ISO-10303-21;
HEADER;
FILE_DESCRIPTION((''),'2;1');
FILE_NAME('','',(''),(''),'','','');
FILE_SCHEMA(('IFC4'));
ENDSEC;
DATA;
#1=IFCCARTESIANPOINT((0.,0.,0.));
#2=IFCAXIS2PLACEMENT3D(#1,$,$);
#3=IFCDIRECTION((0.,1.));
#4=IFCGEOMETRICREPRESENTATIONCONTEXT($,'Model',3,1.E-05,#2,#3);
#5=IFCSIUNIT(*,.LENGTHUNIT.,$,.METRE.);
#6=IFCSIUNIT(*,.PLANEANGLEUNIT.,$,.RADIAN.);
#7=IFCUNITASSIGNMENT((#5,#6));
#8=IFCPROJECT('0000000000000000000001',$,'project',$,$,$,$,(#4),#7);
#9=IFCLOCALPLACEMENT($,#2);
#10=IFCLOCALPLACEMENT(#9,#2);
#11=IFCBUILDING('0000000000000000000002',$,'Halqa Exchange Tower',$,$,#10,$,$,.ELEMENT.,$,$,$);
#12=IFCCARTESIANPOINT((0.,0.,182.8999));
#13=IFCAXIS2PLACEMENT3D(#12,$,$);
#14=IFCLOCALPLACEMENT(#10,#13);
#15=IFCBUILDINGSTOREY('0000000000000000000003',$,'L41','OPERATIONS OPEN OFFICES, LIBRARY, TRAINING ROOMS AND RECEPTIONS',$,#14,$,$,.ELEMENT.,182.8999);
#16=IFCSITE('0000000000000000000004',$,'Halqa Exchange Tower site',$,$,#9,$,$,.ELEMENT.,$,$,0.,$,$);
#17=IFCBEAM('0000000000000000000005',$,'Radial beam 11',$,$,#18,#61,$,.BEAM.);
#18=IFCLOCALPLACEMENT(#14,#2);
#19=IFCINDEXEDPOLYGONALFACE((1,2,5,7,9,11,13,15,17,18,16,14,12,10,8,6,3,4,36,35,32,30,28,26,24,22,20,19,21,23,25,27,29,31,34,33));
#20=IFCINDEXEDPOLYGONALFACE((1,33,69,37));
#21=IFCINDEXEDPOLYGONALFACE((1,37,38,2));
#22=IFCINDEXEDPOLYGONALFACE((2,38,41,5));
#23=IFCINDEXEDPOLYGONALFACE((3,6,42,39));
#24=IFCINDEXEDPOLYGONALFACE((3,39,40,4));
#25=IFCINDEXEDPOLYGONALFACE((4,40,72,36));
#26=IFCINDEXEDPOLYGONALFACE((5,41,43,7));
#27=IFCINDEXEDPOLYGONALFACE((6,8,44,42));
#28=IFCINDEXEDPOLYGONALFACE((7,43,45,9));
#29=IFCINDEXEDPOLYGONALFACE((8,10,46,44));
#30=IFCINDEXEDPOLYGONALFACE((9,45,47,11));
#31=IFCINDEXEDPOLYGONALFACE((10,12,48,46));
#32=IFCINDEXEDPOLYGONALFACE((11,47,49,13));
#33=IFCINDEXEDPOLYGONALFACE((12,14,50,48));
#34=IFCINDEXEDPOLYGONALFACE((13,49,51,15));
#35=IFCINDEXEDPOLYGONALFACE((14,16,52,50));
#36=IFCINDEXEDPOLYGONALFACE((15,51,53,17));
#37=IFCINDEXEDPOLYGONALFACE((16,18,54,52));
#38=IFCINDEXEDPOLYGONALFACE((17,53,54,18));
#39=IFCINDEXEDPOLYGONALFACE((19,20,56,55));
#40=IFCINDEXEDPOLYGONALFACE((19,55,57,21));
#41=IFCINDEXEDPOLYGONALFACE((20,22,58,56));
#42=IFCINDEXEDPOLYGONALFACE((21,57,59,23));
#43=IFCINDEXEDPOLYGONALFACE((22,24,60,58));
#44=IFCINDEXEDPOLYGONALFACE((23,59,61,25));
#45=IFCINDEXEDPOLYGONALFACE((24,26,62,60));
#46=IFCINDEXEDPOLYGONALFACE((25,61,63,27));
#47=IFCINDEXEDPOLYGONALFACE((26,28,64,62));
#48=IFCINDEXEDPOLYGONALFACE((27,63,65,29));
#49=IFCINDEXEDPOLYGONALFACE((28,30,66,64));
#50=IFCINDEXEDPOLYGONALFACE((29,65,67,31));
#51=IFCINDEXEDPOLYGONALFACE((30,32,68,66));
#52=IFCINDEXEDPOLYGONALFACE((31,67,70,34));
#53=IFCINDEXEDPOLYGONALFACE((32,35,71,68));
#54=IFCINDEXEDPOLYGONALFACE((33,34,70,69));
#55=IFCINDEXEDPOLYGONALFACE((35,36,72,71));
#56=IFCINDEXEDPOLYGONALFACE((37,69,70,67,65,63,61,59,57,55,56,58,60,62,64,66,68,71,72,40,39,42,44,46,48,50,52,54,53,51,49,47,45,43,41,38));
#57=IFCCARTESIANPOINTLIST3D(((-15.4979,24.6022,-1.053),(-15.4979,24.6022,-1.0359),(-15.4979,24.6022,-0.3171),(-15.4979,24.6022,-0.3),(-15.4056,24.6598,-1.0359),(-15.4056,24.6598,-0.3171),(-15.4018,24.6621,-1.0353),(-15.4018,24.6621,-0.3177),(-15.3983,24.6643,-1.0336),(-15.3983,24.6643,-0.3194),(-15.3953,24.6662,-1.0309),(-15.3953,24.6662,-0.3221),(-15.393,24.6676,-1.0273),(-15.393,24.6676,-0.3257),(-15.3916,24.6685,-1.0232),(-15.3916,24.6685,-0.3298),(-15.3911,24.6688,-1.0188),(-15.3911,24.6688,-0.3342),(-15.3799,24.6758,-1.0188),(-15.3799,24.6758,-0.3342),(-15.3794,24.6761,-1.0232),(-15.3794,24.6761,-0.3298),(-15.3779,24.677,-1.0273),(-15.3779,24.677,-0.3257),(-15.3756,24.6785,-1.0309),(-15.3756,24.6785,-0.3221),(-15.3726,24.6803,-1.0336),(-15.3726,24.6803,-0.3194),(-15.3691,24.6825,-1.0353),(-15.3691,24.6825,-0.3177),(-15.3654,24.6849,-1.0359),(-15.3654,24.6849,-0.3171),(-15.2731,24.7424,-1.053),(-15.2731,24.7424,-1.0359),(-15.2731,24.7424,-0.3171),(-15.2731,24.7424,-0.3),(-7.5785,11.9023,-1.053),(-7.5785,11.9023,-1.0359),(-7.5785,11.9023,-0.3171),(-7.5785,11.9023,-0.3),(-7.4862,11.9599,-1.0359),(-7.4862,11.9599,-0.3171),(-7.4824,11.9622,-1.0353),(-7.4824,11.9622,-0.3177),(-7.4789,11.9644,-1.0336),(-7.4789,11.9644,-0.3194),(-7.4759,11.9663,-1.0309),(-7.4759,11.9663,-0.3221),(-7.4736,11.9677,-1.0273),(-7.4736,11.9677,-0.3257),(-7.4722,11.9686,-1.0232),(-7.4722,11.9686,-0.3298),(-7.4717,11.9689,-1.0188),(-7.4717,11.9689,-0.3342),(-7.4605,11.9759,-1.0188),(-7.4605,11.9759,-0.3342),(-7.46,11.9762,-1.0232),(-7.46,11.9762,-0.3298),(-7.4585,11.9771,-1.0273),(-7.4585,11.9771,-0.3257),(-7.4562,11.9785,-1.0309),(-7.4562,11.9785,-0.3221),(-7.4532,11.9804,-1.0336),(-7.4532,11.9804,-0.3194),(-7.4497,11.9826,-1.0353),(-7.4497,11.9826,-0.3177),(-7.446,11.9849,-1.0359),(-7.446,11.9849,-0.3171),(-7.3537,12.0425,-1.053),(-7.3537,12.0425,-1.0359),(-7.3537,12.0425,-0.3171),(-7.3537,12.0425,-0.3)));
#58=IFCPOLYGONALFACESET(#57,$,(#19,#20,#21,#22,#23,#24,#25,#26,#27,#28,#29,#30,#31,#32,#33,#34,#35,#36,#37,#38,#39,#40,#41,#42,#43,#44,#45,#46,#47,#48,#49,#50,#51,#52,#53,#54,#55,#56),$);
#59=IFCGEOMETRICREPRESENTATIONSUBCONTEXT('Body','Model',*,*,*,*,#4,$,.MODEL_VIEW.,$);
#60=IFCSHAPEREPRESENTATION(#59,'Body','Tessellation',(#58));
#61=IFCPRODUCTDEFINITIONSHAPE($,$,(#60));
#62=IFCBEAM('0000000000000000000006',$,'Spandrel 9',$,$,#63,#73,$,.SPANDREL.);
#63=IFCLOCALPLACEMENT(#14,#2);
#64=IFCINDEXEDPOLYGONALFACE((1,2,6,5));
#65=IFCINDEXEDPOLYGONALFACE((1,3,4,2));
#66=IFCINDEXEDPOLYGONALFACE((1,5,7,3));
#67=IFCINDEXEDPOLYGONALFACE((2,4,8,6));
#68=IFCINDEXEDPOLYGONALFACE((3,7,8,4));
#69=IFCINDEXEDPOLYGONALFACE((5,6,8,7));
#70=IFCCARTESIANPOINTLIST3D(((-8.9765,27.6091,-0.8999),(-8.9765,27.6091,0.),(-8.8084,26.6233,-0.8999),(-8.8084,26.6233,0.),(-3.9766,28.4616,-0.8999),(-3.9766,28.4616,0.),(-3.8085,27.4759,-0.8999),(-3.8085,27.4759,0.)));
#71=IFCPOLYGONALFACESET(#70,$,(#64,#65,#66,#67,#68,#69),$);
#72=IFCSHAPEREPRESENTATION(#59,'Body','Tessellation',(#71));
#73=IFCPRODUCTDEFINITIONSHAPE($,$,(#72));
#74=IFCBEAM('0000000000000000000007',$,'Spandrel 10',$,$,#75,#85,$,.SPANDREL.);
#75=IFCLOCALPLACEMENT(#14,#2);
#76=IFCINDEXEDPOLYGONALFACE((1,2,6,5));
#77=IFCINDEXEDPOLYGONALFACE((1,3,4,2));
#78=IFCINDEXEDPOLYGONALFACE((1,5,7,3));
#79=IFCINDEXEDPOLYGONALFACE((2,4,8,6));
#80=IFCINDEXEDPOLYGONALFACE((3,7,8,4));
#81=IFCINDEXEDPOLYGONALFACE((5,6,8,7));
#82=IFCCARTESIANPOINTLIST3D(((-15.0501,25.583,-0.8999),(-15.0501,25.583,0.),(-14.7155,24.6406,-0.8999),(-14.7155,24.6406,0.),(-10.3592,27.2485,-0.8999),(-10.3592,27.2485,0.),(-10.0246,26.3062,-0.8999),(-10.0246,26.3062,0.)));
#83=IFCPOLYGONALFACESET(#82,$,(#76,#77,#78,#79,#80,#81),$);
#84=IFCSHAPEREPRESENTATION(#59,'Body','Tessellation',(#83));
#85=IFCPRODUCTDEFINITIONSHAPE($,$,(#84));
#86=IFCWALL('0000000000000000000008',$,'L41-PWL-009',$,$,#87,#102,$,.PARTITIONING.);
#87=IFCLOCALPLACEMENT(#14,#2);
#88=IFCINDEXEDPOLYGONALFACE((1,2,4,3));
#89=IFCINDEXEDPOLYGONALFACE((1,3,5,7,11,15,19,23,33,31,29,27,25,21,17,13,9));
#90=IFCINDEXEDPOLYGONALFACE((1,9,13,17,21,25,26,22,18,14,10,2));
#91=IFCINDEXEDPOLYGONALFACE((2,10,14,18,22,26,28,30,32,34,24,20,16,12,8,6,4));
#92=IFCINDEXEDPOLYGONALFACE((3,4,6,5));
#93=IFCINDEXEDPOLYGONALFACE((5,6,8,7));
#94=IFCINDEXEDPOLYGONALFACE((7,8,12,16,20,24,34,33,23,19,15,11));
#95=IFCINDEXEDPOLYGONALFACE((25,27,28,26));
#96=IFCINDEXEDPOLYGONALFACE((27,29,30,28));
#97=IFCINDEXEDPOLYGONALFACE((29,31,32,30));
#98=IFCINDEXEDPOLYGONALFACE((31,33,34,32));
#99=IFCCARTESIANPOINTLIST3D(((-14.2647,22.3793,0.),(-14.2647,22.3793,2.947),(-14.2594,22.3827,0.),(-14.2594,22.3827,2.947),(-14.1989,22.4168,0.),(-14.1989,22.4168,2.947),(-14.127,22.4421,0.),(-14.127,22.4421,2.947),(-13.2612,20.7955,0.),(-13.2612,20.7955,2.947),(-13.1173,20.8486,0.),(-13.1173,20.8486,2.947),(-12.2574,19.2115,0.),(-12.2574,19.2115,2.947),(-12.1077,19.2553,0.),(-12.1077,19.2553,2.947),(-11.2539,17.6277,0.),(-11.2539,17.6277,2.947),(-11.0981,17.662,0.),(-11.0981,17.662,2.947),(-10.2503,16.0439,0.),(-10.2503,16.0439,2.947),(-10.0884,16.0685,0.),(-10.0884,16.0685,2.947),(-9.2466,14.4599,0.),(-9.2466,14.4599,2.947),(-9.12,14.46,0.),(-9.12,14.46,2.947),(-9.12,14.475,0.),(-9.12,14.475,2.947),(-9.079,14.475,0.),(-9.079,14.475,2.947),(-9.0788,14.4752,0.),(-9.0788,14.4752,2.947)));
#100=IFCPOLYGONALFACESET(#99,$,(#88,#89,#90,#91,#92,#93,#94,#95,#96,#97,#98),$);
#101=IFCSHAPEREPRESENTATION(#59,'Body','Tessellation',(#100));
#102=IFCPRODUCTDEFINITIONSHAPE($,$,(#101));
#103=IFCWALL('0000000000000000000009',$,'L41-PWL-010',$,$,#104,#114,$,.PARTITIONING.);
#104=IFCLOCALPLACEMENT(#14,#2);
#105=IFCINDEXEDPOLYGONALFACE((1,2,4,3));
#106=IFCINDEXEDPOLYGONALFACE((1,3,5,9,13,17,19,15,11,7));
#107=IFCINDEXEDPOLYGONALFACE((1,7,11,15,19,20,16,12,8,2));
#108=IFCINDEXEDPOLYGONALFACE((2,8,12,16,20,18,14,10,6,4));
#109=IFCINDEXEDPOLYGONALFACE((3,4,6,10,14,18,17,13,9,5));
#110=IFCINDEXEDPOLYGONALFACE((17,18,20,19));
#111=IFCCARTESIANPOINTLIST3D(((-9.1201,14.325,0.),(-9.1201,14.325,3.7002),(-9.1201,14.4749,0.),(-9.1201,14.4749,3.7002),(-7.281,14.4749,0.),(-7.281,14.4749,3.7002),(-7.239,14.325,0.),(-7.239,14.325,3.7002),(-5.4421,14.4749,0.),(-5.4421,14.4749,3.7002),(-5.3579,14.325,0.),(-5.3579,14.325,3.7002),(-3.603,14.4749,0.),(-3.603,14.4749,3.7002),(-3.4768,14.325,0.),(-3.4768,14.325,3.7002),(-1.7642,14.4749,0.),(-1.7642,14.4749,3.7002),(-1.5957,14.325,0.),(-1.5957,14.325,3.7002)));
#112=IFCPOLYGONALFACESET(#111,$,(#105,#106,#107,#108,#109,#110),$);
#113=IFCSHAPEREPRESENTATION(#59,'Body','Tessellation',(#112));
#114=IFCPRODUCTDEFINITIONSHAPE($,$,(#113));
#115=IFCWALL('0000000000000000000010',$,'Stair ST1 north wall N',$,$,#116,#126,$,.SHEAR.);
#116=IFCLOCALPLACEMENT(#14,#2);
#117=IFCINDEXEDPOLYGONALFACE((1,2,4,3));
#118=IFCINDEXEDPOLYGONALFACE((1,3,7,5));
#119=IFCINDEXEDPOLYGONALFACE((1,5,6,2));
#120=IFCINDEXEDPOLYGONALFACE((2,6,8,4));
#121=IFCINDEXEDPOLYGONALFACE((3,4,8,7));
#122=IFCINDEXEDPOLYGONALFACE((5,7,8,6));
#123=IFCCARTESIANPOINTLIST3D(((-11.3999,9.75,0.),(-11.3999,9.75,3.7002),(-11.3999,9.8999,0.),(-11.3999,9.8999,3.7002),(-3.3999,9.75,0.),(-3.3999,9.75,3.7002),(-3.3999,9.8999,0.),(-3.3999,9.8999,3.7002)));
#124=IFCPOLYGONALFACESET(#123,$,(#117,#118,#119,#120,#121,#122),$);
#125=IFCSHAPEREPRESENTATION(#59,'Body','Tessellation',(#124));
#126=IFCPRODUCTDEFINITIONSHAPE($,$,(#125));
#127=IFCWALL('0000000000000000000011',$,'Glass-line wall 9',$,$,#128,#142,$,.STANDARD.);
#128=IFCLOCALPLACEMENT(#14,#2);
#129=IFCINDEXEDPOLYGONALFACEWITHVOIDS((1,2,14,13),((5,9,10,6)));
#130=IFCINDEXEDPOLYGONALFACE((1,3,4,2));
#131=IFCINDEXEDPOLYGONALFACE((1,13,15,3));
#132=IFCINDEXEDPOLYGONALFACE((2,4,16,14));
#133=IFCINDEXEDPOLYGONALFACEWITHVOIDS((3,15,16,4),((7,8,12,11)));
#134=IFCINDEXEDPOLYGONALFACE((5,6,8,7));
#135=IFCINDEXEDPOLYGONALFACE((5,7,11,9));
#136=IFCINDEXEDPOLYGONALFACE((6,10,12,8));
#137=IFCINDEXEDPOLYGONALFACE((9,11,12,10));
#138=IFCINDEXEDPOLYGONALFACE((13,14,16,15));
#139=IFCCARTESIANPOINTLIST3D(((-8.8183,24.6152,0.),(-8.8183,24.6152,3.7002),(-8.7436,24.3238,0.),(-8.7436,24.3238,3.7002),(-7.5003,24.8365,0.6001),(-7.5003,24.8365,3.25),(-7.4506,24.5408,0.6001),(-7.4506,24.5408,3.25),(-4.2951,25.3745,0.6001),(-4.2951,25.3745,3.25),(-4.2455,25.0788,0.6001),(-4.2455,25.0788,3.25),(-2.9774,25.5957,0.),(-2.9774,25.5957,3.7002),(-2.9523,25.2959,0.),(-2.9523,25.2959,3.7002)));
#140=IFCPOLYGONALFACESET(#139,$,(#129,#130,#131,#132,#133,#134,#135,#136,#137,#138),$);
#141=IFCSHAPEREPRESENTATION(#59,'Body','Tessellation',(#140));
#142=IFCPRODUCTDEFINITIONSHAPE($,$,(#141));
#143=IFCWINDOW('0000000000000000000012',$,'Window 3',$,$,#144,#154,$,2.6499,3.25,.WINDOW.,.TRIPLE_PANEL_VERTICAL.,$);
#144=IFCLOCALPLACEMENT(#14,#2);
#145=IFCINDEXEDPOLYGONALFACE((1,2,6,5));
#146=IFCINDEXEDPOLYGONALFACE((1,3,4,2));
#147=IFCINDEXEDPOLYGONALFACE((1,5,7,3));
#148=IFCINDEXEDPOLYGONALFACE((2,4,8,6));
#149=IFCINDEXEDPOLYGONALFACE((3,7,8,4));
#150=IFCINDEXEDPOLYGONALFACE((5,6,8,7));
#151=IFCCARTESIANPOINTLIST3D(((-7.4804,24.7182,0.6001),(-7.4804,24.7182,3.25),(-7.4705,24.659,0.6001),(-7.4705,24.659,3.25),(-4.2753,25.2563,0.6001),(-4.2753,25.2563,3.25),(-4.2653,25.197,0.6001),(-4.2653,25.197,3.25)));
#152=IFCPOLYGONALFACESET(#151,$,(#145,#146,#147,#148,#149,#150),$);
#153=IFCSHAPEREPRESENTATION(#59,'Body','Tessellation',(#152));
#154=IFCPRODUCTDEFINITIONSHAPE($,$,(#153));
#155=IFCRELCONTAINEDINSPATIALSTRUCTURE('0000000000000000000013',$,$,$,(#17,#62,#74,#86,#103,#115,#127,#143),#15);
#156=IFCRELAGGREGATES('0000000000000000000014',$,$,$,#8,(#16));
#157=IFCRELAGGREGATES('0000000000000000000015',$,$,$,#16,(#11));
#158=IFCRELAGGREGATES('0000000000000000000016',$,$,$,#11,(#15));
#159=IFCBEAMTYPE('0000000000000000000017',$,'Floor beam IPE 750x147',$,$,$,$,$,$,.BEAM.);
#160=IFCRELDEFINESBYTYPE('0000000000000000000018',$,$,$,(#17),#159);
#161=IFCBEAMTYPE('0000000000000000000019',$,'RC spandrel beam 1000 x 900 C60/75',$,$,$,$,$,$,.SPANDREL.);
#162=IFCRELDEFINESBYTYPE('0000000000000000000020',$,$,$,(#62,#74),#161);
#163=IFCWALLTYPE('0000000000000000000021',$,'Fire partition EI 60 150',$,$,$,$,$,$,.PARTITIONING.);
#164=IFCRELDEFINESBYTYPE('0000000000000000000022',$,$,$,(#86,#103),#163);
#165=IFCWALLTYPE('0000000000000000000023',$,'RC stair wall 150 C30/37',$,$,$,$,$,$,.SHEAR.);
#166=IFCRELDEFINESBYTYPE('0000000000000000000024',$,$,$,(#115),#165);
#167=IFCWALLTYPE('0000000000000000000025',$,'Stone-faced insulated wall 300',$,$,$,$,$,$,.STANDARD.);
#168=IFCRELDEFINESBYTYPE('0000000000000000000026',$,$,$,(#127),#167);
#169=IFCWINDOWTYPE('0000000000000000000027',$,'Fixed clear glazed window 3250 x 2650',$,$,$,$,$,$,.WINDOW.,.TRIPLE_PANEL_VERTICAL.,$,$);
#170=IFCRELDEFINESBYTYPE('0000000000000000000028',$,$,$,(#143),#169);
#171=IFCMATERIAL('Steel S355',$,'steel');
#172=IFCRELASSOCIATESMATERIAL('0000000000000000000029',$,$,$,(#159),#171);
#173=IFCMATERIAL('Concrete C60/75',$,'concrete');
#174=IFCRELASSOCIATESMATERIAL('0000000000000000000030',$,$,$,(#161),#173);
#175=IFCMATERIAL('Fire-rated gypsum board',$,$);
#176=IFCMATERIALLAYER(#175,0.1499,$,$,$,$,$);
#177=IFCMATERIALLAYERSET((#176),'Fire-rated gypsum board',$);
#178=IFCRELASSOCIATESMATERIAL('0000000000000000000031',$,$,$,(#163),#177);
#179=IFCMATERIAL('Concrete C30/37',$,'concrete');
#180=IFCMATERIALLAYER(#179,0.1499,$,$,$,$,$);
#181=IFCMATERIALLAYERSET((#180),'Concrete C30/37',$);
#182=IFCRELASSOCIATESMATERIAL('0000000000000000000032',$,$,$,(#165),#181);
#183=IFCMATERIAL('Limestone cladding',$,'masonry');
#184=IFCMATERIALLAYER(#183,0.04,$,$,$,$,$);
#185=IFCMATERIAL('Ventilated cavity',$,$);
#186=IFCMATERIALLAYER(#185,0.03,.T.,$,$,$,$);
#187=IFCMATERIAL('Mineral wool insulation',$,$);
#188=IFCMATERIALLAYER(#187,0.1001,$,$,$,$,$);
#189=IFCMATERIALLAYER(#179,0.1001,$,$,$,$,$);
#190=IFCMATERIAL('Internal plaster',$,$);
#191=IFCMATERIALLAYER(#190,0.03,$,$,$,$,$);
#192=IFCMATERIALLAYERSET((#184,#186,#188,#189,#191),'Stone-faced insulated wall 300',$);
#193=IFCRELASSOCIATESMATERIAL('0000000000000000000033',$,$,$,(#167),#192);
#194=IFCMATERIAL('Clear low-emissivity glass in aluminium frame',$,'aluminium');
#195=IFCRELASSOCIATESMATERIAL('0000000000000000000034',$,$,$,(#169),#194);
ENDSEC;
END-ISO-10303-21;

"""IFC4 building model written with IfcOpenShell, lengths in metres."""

from ifc_helpers import new_model, si_unit, direction, frame, frame_2d, origin, origin_2d, place, context, subcontext, project, spatial, polyline, rectangle, i_section, outline, extrude, material, layer, layer_set, material_profile, profile_set, type_object, element, fill, save


model = new_model("IFC4")

# Units and contexts
model_context = context("Model", 3, precision=1e-05, world=origin(), true_north=direction((0.0, 1.0)))
body_context = subcontext(model_context, "Body", "Model", "MODEL_VIEW")
ifc_project = project(units=[si_unit("LENGTHUNIT", "METRE"), si_unit("PLANEANGLEUNIT", "RADIAN")], contexts=[model_context])

# Site, building, storey
site_placement = place(None, origin())
site = spatial("IfcSite", under=ifc_project, at=site_placement, Name="Halqa Exchange Tower site", CompositionType="ELEMENT", RefElevation=0.0)
building_placement = place(site_placement, origin())
building = spatial("IfcBuilding", under=site, at=building_placement, Name="Halqa Exchange Tower", CompositionType="ELEMENT")
storey_placement = place(building_placement, frame((0.0, 0.0, 182.8999)))
storey = spatial("IfcBuildingStorey", under=building, at=storey_placement, Name="L41", Description="OPERATIONS OPEN OFFICES, LIBRARY, TRAINING ROOMS AND RECEPTIONS", CompositionType="ELEMENT", Elevation=182.8999)

# Beams
ifc_material_1 = material(Name="Steel S355", Category="steel")
ifc_material_profile_1 = material_profile(ifc_material_1, i_section(OverallWidth=0.2649, OverallDepth=0.7529, WebThickness=0.0132, FlangeThickness=0.0171, FilletRadius=0.0171, at=origin_2d()), Name="IPE 750x147")
ifc_profile_set_1 = profile_set([ifc_material_profile_1], Name="Steel S355")
beam_type_1 = type_object("IfcBeamType", Name="Floor beam IPE 750x147", PredefinedType="BEAM", material=ifc_profile_set_1)
beam_1_placement = place(storey_placement, frame((-7.4661, 11.9724, -0.6765), z_axis=(-0.529132, 0.848539, 0.0), x_axis=(-0.848539, -0.529132, 0.0)))
element("IfcBeam", 1, at=beam_1_placement, inside=storey, type_object=beam_type_1, Name="Radial beam 11", PredefinedType="BEAM", context=body_context, shape_type="SweptSolid", body=[
    extrude(i_section(OverallWidth=0.2649, OverallDepth=0.7529, WebThickness=0.0132, FlangeThickness=0.0171, FilletRadius=0.0171, at=origin_2d()), origin(), (0.0, 0.0, 1.0), 14.9668),
])
ifc_material_2 = material(Name="Concrete C60/75", Category="concrete")
ifc_material_profile_2 = material_profile(ifc_material_2, rectangle(XDim=1.0, YDim=0.8999, at=origin_2d()), Name="1000 x 900")
ifc_profile_set_2 = profile_set([ifc_material_profile_2], Name="Concrete C60/75")
beam_type_2 = type_object("IfcBeamType", Name="RC spandrel beam 1000 x 900 C60/75", PredefinedType="SPANDREL", material=ifc_profile_set_2)
beam_2_placement = place(storey_placement, frame((-3.8926, 27.9688, -0.45), z_axis=(-0.985772, -0.16809, 0.0), x_axis=(0.16809, -0.985772, 0.0)))
element("IfcBeam", 2, at=beam_2_placement, inside=storey, type_object=beam_type_2, Name="Spandrel 9", PredefinedType="SPANDREL", context=body_context, shape_type="SweptSolid", body=[
    extrude(rectangle(XDim=1.0, YDim=0.8999, at=origin_2d()), origin(), (0.0, 0.0, 1.0), 5.072),
])
beam_3_placement = place(storey_placement, frame((-10.1919, 26.7773, -0.45), z_axis=(-0.942364, -0.33459, 0.0), x_axis=(0.33459, -0.942364, 0.0)))
element("IfcBeam", 3, at=beam_3_placement, inside=storey, type_object=beam_type_2, Name="Spandrel 10", PredefinedType="SPANDREL", context=body_context, shape_type="SweptSolid", body=[
    extrude(rectangle(XDim=1.0, YDim=0.8999, at=origin_2d()), origin(), (0.0, 0.0, 1.0), 4.9778),
])

# Walls
ifc_material_3 = material(Name="Fire-rated gypsum board")
ifc_layer_1 = layer(ifc_material_3, 0.1499)
ifc_layer_set_1 = layer_set([ifc_layer_1], Name="Fire-rated gypsum board")
wall_type_1 = type_object("IfcWallType", Name="Fire partition EI 60 150", PredefinedType="PARTITIONING", material=ifc_layer_set_1)
wall_1_placement = place(storey_placement, frame((-9.1421, 14.4351, 0.0), z_axis=(0.0, 0.0, 1.0), x_axis=(-0.535245, 0.844697, 0.0)))
element("IfcWall", 4, at=wall_1_placement, inside=storey, type_object=wall_type_1, Name="L41-PWL-009", PredefinedType="PARTITIONING", context=body_context, shape_type="SweptSolid", body=[
    extrude(outline(polyline([(0.0, -0.075), (1.8862, -0.075), (3.7727, -0.075), (5.6589, -0.075), (7.5452, -0.075), (9.4316, -0.075), (9.4487, -0.0007), (9.4524, 0.0686), (9.4524, 0.075), (7.5774, 0.075), (5.7021, 0.075), (3.8271, 0.075), (1.9521, 0.075), (0.0769, 0.075), (0.0093, -0.032), (0.022, -0.04), (0.0, -0.0747), (0.0, -0.075)])), origin(), (0.0, 0.0, 1.0), 2.947),
])
wall_2_placement = place(storey_placement, frame((-9.1201, 14.3999, 0.0), z_axis=(0.0, 0.0, 1.0), x_axis=(1.0, 0.0, 0.0)))
element("IfcWall", 5, at=wall_2_placement, inside=storey, type_object=wall_type_1, Name="L41-PWL-010", PredefinedType="PARTITIONING", context=body_context, shape_type="SweptSolid", body=[
    extrude(outline(polyline([(7.5244, -0.075), (7.5244, -0.075), (7.356, 0.075), (5.5171, 0.075), (3.678, 0.075), (1.8391, 0.075), (0.0, 0.075), (0.0, -0.075), (1.8811, -0.075), (3.7622, -0.075), (5.6433, -0.075), (7.5244, -0.075)])), origin(), (0.0, 0.0, 1.0), 3.7002),
])

# Wall
ifc_material_4 = material(Name="Concrete C30/37", Category="concrete")
ifc_layer_2 = layer(ifc_material_4, 0.1499)
ifc_layer_set_2 = layer_set([ifc_layer_2], Name="Concrete C30/37")
wall_type_2 = type_object("IfcWallType", Name="RC stair wall 150 C30/37", PredefinedType="SHEAR", material=ifc_layer_set_2)
wall_3_placement = place(storey_placement, frame((-11.3999, 9.825, 0.0), z_axis=(0.0, 0.0, 1.0), x_axis=(1.0, 0.0, 0.0)))
element("IfcWall", 6, at=wall_3_placement, inside=storey, type_object=wall_type_2, Name="Stair ST1 north wall N", PredefinedType="SHEAR", context=body_context, shape_type="SweptSolid", body=[
    extrude(rectangle(XDim=8.0, YDim=0.1499, at=frame_2d((4.0, 0.0))), origin(), (0.0, 0.0, 1.0), 3.7002),
])

# Wall, opening, window
ifc_material_5 = material(Name="Limestone cladding", Category="masonry")
ifc_layer_3 = layer(ifc_material_5, 0.04)
ifc_material_6 = material(Name="Ventilated cavity")
ifc_layer_4 = layer(ifc_material_6, 0.03, ventilated=True)
ifc_material_7 = material(Name="Mineral wool insulation")
ifc_layer_5 = layer(ifc_material_7, 0.1001)
ifc_layer_6 = layer(ifc_material_4, 0.1001)
ifc_material_8 = material(Name="Internal plaster")
ifc_layer_7 = layer(ifc_material_8, 0.03)
ifc_layer_set_3 = layer_set([ifc_layer_3, ifc_layer_4, ifc_layer_5, ifc_layer_6, ifc_layer_7], Name="Stone-faced insulated wall 300")
wall_type_3 = type_object("IfcWallType", Name="Stone-faced insulated wall 300", PredefinedType="STANDARD", material=ifc_layer_set_3)
wall_4_placement = place(storey_placement, frame((-2.9648, 25.4458, 0.0), z_axis=(0.0, 0.0, 1.0), x_axis=(-0.986202, -0.165547, 0.0)))
wall_4 = element("IfcWall", 7, at=wall_4_placement, inside=storey, type_object=wall_type_3, Name="Glass-line wall 9", PredefinedType="STANDARD", context=body_context, shape_type="SweptSolid", body=[
    extrude(outline(polyline([(-0.0125, -0.1499), (5.9102, -0.1499), (5.8848, 0.1499), (0.0125, 0.1499), (-0.0125, -0.1499)])), origin(), (0.0, 0.0, 1.0), 3.7002),
])
opening_1_placement = place(wall_4_placement, frame((1.3237, 0.0, 0.6001)))
opening_1 = element("IfcOpeningElement", 8, at=opening_1_placement, cuts=wall_4, PredefinedType="OPENING", context=body_context, shape_type="SweptSolid", body=[
    extrude(rectangle(XDim=3.25, YDim=2.6499, at=frame_2d((1.625, 1.325))), frame((0.0, 0.1621, 0.0), z_axis=(0.0, -1.0, 0.0), x_axis=(1.0, 0.0, 0.0)), (0.0, 0.0, 1.0), 0.324),
])
ifc_material_9 = material(Name="Clear low-emissivity glass in aluminium frame", Category="aluminium")
window_type = type_object("IfcWindowType", Name="Fixed clear glazed window 3250 x 2650", PartitioningType="TRIPLE_PANEL_VERTICAL", PredefinedType="WINDOW", material=ifc_material_9)
window_1_placement = place(opening_1_placement, origin())
window_1 = element("IfcWindow", 9, at=window_1_placement, inside=storey, type_object=window_type, Name="Window 3", OverallHeight=2.6499, OverallWidth=3.25, PartitioningType="TRIPLE_PANEL_VERTICAL", PredefinedType="WINDOW", context=body_context, shape_type="SweptSolid", body=[
    extrude(rectangle(XDim=3.25, YDim=2.6499, at=frame_2d((1.625, 1.325))), frame((0.0, 0.03, 0.0), z_axis=(0.0, -1.0, 0.0), x_axis=(1.0, 0.0, 0.0)), (0.0, 0.0, 1.0), 0.0601),
])
fill(opening_1, window_1)

save(model, "model.ifc")
